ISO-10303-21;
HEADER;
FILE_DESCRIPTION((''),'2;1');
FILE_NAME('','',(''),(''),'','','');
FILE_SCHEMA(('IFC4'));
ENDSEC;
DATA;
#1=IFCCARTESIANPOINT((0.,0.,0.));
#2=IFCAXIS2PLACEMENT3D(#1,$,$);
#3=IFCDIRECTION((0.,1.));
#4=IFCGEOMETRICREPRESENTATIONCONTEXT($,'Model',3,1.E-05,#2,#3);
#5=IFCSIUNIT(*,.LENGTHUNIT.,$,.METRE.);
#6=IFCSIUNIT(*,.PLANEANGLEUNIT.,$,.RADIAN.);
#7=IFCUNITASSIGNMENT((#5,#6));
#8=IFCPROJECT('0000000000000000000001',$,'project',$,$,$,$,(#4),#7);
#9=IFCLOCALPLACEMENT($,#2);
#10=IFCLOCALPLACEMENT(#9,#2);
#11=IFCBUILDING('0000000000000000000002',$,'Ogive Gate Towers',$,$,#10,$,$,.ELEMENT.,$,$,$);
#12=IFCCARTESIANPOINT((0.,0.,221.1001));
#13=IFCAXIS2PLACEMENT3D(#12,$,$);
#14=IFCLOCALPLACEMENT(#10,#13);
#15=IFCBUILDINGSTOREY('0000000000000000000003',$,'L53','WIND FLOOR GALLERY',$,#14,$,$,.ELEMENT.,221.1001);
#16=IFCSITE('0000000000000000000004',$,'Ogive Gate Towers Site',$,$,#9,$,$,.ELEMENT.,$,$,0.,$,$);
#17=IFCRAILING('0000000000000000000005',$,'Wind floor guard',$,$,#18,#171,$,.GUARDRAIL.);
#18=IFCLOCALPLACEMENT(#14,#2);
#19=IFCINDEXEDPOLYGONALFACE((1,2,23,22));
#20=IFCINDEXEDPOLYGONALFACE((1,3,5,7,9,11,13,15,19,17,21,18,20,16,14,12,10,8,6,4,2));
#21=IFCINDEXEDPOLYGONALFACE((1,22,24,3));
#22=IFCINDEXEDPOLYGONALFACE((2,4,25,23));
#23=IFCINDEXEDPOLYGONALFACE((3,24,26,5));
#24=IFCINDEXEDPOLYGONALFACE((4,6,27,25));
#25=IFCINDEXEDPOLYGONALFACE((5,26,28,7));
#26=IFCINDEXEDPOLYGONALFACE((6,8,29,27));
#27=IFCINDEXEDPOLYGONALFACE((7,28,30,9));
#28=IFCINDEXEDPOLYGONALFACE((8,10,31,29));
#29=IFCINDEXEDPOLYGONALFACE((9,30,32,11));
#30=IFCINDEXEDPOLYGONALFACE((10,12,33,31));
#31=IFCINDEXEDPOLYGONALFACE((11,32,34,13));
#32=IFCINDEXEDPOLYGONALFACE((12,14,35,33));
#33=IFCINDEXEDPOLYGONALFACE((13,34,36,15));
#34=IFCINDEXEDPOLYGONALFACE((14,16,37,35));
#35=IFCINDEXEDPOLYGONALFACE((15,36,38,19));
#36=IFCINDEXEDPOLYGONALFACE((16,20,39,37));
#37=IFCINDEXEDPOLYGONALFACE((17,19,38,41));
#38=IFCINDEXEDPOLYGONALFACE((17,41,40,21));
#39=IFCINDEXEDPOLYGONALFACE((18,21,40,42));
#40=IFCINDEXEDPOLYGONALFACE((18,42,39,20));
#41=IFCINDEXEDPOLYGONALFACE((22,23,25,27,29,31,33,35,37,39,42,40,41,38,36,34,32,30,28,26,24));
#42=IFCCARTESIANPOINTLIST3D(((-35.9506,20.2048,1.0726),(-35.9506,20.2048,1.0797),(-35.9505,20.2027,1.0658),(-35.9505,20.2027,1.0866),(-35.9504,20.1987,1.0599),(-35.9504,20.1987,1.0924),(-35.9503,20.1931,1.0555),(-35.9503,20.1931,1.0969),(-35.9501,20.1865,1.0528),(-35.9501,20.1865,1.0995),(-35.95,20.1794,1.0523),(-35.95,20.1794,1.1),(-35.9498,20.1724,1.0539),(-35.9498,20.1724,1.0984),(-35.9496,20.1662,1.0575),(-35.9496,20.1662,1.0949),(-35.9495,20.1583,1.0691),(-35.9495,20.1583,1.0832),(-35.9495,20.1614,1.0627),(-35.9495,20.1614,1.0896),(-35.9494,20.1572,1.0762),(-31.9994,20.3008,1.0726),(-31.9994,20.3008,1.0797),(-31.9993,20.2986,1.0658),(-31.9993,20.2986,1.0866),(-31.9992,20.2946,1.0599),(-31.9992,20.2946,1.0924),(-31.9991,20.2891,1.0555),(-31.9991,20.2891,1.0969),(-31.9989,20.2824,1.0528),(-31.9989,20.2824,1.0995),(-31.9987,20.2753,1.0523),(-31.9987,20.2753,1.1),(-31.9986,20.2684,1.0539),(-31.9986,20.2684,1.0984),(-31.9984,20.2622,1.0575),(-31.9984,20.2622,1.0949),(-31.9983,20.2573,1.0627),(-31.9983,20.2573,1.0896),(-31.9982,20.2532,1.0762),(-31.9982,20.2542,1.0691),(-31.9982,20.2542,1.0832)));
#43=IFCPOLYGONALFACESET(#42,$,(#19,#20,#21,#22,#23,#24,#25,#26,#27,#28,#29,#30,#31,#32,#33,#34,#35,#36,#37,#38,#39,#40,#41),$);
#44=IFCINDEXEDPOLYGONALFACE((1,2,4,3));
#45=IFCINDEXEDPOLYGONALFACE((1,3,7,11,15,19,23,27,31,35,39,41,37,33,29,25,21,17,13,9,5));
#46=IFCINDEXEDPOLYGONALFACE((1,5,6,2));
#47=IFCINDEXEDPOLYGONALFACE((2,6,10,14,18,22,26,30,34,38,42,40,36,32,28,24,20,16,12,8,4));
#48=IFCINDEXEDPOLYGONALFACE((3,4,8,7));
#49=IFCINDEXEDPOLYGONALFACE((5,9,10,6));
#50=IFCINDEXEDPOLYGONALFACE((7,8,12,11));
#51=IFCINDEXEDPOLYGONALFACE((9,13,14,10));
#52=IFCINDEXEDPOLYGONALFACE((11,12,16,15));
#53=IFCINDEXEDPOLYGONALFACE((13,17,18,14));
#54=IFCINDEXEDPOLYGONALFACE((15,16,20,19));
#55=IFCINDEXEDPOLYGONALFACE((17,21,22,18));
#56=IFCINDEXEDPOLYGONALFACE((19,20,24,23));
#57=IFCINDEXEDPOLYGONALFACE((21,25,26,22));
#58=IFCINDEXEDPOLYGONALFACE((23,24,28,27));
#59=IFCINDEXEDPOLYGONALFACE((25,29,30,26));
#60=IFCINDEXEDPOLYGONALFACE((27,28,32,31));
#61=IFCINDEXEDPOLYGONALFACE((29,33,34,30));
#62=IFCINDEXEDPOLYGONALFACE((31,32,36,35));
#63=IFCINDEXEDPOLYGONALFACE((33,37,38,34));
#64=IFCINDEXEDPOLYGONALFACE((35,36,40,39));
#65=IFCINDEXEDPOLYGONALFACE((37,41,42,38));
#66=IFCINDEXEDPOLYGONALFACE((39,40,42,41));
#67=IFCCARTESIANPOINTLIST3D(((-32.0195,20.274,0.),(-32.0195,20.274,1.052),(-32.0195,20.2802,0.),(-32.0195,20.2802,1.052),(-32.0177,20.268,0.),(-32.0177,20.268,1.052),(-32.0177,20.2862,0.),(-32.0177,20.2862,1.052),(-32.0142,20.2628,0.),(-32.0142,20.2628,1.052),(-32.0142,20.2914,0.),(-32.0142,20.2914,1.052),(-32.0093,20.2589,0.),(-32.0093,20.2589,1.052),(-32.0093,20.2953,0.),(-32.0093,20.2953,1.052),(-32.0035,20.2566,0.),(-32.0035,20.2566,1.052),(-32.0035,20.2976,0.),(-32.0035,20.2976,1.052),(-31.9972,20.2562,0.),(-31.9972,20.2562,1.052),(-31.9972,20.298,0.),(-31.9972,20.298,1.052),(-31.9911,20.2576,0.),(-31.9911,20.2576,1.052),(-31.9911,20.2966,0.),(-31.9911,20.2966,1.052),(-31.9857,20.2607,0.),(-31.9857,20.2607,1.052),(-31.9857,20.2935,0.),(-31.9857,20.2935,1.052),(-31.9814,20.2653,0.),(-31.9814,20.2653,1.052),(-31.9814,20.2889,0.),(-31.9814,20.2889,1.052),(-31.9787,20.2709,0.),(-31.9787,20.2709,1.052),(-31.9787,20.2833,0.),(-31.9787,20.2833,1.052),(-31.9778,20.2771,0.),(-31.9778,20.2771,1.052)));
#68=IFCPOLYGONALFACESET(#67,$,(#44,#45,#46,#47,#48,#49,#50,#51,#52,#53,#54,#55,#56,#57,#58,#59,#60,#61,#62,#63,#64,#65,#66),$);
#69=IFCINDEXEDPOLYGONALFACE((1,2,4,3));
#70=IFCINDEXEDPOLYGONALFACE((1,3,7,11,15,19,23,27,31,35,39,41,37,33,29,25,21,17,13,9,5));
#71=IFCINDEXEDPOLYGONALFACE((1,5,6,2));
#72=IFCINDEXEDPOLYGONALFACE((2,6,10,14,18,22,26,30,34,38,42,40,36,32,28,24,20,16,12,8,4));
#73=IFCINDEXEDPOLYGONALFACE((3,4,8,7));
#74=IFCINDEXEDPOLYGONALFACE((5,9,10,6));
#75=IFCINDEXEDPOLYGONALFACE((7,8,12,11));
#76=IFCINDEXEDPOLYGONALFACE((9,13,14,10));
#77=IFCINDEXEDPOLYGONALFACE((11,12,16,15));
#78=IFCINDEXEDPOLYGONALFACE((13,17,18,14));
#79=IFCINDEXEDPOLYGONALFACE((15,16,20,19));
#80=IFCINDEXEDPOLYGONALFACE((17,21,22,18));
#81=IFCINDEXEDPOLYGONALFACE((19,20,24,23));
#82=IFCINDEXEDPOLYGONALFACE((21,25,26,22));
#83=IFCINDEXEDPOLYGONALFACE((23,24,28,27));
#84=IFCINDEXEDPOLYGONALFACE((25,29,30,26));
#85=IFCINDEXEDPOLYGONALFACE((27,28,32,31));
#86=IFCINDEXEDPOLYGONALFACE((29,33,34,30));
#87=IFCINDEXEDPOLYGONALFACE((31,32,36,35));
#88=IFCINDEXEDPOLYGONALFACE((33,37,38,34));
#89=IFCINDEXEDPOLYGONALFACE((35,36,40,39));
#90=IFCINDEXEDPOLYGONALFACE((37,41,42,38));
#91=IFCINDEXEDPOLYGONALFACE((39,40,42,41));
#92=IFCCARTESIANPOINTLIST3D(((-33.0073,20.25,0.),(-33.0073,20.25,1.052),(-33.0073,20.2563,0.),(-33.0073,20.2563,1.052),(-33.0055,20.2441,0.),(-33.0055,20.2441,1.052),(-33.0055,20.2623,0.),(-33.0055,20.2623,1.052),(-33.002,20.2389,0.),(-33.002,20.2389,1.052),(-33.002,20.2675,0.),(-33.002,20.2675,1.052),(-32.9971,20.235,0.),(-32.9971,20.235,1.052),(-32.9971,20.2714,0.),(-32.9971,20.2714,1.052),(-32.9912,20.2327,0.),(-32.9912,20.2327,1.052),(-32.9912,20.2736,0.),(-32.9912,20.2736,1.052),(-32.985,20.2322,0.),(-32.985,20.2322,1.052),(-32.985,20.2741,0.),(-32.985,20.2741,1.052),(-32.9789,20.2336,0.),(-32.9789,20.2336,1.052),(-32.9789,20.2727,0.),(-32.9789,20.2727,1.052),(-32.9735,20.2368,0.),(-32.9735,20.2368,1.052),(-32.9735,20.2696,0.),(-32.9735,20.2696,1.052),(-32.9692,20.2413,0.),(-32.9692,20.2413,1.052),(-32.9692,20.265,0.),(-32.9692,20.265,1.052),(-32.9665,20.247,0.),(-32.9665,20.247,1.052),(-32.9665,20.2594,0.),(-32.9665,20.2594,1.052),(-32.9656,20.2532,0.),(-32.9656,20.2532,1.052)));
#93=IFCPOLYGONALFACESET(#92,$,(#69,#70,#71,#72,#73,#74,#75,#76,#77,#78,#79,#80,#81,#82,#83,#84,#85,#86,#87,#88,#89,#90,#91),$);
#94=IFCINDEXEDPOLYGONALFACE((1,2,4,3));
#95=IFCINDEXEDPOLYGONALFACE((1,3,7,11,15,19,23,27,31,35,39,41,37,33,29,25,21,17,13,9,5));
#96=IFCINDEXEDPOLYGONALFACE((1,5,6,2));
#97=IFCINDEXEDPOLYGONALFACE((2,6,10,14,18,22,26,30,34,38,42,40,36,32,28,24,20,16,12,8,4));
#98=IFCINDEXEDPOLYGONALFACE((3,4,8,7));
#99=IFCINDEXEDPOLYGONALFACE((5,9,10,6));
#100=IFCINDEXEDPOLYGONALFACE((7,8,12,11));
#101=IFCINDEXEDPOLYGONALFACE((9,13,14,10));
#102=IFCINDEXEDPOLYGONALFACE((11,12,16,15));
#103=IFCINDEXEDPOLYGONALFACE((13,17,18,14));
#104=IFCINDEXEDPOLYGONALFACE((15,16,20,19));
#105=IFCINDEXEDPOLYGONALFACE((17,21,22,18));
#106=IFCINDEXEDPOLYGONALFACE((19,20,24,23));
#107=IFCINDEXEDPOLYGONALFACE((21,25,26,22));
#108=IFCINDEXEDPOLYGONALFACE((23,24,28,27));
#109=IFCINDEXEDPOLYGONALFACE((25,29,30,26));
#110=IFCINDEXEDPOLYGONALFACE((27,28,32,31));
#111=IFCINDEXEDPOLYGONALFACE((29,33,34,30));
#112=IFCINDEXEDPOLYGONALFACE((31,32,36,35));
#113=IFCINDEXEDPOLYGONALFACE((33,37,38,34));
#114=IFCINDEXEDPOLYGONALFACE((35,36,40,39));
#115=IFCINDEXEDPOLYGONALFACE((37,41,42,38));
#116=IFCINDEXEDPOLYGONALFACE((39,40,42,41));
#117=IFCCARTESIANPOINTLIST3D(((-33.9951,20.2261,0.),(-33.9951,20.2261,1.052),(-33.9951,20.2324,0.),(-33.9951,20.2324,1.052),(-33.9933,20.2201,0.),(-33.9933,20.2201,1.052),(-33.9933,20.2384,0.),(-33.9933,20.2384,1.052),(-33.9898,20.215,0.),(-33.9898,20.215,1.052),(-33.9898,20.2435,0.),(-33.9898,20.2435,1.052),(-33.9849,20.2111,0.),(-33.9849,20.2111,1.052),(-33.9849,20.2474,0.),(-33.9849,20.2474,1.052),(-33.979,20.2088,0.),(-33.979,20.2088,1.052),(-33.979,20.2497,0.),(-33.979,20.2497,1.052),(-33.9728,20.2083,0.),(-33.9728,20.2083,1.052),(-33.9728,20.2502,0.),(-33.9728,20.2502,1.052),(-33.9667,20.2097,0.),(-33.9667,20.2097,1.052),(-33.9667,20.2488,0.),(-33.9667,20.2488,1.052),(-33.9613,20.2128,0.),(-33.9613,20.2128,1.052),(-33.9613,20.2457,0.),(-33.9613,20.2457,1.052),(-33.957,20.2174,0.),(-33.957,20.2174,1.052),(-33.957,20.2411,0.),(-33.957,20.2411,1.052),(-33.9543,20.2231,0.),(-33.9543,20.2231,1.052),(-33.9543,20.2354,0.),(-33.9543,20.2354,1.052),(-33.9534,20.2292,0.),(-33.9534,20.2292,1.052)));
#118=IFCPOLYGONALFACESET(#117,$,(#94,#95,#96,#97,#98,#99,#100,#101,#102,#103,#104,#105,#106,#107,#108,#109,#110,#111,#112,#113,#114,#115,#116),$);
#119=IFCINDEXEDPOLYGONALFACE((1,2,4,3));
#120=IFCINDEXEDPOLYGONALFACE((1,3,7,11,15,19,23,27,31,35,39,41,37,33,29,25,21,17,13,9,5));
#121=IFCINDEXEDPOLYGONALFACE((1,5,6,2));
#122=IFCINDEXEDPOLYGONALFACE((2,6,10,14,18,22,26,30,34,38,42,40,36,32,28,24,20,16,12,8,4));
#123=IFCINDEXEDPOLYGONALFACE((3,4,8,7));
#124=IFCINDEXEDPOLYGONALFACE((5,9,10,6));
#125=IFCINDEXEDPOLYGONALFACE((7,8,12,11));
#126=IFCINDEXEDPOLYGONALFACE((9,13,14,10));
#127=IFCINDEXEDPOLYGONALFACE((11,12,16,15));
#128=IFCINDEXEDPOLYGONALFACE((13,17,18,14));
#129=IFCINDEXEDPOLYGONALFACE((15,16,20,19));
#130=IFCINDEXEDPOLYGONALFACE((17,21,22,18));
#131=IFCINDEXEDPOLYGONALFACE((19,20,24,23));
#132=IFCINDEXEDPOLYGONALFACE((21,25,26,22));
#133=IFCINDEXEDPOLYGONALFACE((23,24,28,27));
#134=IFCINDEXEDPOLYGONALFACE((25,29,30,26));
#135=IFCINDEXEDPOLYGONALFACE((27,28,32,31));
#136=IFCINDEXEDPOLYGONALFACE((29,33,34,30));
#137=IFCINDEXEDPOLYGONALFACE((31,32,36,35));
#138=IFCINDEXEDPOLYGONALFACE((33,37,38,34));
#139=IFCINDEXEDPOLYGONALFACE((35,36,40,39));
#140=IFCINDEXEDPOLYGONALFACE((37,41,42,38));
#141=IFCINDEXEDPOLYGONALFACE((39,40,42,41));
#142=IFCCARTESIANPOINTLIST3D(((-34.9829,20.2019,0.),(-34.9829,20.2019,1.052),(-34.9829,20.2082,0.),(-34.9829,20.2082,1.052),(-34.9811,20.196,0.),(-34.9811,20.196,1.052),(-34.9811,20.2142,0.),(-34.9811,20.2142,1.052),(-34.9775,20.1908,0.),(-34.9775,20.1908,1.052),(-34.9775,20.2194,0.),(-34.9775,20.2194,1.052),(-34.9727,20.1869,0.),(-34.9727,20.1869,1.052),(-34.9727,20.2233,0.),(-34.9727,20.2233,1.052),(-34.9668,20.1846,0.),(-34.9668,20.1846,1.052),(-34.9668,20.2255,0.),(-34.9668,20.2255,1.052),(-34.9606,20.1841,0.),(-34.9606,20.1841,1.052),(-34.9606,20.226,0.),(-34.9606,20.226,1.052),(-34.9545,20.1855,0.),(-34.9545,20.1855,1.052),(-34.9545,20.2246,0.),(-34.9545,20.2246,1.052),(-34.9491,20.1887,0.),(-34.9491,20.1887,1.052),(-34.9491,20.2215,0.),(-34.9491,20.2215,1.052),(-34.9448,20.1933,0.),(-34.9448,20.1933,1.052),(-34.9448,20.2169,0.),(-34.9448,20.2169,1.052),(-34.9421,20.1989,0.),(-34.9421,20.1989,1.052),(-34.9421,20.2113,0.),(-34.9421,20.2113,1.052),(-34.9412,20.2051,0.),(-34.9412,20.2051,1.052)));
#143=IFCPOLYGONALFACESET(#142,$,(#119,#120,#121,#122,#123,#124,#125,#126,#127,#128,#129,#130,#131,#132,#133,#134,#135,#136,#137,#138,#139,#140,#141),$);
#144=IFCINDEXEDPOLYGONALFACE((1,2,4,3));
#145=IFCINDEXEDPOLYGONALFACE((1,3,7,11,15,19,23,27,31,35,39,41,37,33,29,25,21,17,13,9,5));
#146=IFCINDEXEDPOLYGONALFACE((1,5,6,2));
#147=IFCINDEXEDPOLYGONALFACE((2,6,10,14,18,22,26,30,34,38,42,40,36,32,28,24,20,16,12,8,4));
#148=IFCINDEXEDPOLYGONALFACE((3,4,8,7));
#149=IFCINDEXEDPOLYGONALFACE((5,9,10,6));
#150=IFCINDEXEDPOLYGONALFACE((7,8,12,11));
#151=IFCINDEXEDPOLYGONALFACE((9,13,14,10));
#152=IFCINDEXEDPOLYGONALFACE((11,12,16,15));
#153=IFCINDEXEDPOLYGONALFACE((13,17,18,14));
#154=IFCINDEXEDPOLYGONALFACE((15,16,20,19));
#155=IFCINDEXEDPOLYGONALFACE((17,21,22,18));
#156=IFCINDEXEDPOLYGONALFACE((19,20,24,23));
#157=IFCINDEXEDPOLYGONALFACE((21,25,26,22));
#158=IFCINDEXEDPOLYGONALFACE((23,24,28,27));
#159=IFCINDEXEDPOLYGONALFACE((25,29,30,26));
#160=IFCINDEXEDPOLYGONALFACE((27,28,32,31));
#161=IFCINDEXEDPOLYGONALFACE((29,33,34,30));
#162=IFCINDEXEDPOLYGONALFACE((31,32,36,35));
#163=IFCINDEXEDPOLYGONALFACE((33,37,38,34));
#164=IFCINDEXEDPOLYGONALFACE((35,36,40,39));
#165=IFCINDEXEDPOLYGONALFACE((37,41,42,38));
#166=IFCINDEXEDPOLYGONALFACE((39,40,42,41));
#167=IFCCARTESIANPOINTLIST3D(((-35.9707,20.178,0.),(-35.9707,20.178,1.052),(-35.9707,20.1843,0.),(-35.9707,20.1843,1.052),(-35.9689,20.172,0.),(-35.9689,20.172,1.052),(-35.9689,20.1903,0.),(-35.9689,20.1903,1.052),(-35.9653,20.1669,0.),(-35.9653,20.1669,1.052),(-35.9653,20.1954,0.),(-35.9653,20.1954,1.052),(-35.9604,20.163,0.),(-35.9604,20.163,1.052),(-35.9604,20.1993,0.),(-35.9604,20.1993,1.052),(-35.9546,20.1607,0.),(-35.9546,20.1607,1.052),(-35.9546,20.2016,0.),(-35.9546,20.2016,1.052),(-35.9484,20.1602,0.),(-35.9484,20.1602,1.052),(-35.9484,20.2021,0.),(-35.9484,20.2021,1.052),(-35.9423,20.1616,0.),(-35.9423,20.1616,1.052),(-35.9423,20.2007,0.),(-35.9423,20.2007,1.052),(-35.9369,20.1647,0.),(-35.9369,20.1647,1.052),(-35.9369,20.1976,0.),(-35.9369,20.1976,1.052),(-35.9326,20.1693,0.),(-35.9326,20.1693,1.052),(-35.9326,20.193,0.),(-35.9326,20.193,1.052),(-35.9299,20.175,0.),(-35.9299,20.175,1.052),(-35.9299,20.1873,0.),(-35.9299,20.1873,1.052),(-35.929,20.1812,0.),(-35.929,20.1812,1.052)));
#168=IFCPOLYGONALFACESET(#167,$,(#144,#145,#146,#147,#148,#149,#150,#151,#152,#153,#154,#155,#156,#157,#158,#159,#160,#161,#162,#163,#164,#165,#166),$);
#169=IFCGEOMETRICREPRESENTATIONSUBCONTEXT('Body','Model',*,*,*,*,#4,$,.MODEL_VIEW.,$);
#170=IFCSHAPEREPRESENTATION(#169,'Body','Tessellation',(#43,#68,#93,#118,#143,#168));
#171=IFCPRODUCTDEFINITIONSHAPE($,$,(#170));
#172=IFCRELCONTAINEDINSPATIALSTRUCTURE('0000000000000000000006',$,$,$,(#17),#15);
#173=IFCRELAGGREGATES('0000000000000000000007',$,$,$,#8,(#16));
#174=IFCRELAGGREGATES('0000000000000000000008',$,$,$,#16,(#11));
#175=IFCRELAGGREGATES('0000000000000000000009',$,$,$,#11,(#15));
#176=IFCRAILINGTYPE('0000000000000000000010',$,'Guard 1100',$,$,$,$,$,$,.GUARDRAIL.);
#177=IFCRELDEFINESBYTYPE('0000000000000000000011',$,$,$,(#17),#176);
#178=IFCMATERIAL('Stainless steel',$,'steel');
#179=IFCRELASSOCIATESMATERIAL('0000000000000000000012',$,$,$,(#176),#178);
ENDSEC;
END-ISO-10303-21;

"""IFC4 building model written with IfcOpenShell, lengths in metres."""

from ifc_helpers import new_model, si_unit, direction, frame, origin, origin_2d, place, context, subcontext, project, spatial, circle, extrude, material, type_object, element, save


model = new_model("IFC4")

# Units and contexts
model_context = context("Model", 3, precision=1e-05, world=origin(), true_north=direction((0.0, 1.0)))
body_context = subcontext(model_context, "Body", "Model", "MODEL_VIEW")
ifc_project = project(units=[si_unit("LENGTHUNIT", "METRE"), si_unit("PLANEANGLEUNIT", "RADIAN")], contexts=[model_context])

# Site, building, storey
site_placement = place(None, origin())
site = spatial("IfcSite", under=ifc_project, at=site_placement, Name="Ogive Gate Towers Site", CompositionType="ELEMENT", RefElevation=0.0)
building_placement = place(site_placement, origin())
building = spatial("IfcBuilding", under=site, at=building_placement, Name="Ogive Gate Towers", CompositionType="ELEMENT")
storey_placement = place(building_placement, frame((0.0, 0.0, 221.1001)))
storey = spatial("IfcBuildingStorey", under=building, at=storey_placement, Name="L53", Description="WIND FLOOR GALLERY", CompositionType="ELEMENT", Elevation=221.1001)

# Railing
ifc_material_1 = material(Name="Stainless steel", Category="steel")
railing_type = type_object("IfcRailingType", Name="Guard 1100", PredefinedType="GUARDRAIL", material=ifc_material_1)
railing_1_placement = place(storey_placement, frame((-31.9988, 20.2771, 0.0)))
element("IfcRailing", 1, at=railing_1_placement, inside=storey, type_object=railing_type, Name="Wind floor guard", PredefinedType="GUARDRAIL", context=body_context, shape_type="SweptSolid", body=[
    extrude(circle(Radius=0.0239, at=origin_2d()), frame((0.0, 0.0, 1.0762), z_axis=(-0.999705, -0.024276, 0.0), x_axis=(0.024276, -0.999705, 0.0)), (0.0, 0.0, 1.0), 3.9524),
    extrude(circle(Radius=0.021, at=origin_2d()), origin(), (0.0, 0.0, 1.0), 1.052),
    extrude(circle(Radius=0.021, at=origin_2d()), frame((-0.9878, -0.0239, 0.0)), (0.0, 0.0, 1.0), 1.052),
    extrude(circle(Radius=0.021, at=origin_2d()), frame((-1.9756, -0.0479, 0.0)), (0.0, 0.0, 1.0), 1.052),
    extrude(circle(Radius=0.021, at=origin_2d()), frame((-2.9634, -0.072, 0.0)), (0.0, 0.0, 1.0), 1.052),
    extrude(circle(Radius=0.021, at=origin_2d()), frame((-3.9512, -0.0959, 0.0)), (0.0, 0.0, 1.0), 1.052),
])

save(model, "model.ifc")
